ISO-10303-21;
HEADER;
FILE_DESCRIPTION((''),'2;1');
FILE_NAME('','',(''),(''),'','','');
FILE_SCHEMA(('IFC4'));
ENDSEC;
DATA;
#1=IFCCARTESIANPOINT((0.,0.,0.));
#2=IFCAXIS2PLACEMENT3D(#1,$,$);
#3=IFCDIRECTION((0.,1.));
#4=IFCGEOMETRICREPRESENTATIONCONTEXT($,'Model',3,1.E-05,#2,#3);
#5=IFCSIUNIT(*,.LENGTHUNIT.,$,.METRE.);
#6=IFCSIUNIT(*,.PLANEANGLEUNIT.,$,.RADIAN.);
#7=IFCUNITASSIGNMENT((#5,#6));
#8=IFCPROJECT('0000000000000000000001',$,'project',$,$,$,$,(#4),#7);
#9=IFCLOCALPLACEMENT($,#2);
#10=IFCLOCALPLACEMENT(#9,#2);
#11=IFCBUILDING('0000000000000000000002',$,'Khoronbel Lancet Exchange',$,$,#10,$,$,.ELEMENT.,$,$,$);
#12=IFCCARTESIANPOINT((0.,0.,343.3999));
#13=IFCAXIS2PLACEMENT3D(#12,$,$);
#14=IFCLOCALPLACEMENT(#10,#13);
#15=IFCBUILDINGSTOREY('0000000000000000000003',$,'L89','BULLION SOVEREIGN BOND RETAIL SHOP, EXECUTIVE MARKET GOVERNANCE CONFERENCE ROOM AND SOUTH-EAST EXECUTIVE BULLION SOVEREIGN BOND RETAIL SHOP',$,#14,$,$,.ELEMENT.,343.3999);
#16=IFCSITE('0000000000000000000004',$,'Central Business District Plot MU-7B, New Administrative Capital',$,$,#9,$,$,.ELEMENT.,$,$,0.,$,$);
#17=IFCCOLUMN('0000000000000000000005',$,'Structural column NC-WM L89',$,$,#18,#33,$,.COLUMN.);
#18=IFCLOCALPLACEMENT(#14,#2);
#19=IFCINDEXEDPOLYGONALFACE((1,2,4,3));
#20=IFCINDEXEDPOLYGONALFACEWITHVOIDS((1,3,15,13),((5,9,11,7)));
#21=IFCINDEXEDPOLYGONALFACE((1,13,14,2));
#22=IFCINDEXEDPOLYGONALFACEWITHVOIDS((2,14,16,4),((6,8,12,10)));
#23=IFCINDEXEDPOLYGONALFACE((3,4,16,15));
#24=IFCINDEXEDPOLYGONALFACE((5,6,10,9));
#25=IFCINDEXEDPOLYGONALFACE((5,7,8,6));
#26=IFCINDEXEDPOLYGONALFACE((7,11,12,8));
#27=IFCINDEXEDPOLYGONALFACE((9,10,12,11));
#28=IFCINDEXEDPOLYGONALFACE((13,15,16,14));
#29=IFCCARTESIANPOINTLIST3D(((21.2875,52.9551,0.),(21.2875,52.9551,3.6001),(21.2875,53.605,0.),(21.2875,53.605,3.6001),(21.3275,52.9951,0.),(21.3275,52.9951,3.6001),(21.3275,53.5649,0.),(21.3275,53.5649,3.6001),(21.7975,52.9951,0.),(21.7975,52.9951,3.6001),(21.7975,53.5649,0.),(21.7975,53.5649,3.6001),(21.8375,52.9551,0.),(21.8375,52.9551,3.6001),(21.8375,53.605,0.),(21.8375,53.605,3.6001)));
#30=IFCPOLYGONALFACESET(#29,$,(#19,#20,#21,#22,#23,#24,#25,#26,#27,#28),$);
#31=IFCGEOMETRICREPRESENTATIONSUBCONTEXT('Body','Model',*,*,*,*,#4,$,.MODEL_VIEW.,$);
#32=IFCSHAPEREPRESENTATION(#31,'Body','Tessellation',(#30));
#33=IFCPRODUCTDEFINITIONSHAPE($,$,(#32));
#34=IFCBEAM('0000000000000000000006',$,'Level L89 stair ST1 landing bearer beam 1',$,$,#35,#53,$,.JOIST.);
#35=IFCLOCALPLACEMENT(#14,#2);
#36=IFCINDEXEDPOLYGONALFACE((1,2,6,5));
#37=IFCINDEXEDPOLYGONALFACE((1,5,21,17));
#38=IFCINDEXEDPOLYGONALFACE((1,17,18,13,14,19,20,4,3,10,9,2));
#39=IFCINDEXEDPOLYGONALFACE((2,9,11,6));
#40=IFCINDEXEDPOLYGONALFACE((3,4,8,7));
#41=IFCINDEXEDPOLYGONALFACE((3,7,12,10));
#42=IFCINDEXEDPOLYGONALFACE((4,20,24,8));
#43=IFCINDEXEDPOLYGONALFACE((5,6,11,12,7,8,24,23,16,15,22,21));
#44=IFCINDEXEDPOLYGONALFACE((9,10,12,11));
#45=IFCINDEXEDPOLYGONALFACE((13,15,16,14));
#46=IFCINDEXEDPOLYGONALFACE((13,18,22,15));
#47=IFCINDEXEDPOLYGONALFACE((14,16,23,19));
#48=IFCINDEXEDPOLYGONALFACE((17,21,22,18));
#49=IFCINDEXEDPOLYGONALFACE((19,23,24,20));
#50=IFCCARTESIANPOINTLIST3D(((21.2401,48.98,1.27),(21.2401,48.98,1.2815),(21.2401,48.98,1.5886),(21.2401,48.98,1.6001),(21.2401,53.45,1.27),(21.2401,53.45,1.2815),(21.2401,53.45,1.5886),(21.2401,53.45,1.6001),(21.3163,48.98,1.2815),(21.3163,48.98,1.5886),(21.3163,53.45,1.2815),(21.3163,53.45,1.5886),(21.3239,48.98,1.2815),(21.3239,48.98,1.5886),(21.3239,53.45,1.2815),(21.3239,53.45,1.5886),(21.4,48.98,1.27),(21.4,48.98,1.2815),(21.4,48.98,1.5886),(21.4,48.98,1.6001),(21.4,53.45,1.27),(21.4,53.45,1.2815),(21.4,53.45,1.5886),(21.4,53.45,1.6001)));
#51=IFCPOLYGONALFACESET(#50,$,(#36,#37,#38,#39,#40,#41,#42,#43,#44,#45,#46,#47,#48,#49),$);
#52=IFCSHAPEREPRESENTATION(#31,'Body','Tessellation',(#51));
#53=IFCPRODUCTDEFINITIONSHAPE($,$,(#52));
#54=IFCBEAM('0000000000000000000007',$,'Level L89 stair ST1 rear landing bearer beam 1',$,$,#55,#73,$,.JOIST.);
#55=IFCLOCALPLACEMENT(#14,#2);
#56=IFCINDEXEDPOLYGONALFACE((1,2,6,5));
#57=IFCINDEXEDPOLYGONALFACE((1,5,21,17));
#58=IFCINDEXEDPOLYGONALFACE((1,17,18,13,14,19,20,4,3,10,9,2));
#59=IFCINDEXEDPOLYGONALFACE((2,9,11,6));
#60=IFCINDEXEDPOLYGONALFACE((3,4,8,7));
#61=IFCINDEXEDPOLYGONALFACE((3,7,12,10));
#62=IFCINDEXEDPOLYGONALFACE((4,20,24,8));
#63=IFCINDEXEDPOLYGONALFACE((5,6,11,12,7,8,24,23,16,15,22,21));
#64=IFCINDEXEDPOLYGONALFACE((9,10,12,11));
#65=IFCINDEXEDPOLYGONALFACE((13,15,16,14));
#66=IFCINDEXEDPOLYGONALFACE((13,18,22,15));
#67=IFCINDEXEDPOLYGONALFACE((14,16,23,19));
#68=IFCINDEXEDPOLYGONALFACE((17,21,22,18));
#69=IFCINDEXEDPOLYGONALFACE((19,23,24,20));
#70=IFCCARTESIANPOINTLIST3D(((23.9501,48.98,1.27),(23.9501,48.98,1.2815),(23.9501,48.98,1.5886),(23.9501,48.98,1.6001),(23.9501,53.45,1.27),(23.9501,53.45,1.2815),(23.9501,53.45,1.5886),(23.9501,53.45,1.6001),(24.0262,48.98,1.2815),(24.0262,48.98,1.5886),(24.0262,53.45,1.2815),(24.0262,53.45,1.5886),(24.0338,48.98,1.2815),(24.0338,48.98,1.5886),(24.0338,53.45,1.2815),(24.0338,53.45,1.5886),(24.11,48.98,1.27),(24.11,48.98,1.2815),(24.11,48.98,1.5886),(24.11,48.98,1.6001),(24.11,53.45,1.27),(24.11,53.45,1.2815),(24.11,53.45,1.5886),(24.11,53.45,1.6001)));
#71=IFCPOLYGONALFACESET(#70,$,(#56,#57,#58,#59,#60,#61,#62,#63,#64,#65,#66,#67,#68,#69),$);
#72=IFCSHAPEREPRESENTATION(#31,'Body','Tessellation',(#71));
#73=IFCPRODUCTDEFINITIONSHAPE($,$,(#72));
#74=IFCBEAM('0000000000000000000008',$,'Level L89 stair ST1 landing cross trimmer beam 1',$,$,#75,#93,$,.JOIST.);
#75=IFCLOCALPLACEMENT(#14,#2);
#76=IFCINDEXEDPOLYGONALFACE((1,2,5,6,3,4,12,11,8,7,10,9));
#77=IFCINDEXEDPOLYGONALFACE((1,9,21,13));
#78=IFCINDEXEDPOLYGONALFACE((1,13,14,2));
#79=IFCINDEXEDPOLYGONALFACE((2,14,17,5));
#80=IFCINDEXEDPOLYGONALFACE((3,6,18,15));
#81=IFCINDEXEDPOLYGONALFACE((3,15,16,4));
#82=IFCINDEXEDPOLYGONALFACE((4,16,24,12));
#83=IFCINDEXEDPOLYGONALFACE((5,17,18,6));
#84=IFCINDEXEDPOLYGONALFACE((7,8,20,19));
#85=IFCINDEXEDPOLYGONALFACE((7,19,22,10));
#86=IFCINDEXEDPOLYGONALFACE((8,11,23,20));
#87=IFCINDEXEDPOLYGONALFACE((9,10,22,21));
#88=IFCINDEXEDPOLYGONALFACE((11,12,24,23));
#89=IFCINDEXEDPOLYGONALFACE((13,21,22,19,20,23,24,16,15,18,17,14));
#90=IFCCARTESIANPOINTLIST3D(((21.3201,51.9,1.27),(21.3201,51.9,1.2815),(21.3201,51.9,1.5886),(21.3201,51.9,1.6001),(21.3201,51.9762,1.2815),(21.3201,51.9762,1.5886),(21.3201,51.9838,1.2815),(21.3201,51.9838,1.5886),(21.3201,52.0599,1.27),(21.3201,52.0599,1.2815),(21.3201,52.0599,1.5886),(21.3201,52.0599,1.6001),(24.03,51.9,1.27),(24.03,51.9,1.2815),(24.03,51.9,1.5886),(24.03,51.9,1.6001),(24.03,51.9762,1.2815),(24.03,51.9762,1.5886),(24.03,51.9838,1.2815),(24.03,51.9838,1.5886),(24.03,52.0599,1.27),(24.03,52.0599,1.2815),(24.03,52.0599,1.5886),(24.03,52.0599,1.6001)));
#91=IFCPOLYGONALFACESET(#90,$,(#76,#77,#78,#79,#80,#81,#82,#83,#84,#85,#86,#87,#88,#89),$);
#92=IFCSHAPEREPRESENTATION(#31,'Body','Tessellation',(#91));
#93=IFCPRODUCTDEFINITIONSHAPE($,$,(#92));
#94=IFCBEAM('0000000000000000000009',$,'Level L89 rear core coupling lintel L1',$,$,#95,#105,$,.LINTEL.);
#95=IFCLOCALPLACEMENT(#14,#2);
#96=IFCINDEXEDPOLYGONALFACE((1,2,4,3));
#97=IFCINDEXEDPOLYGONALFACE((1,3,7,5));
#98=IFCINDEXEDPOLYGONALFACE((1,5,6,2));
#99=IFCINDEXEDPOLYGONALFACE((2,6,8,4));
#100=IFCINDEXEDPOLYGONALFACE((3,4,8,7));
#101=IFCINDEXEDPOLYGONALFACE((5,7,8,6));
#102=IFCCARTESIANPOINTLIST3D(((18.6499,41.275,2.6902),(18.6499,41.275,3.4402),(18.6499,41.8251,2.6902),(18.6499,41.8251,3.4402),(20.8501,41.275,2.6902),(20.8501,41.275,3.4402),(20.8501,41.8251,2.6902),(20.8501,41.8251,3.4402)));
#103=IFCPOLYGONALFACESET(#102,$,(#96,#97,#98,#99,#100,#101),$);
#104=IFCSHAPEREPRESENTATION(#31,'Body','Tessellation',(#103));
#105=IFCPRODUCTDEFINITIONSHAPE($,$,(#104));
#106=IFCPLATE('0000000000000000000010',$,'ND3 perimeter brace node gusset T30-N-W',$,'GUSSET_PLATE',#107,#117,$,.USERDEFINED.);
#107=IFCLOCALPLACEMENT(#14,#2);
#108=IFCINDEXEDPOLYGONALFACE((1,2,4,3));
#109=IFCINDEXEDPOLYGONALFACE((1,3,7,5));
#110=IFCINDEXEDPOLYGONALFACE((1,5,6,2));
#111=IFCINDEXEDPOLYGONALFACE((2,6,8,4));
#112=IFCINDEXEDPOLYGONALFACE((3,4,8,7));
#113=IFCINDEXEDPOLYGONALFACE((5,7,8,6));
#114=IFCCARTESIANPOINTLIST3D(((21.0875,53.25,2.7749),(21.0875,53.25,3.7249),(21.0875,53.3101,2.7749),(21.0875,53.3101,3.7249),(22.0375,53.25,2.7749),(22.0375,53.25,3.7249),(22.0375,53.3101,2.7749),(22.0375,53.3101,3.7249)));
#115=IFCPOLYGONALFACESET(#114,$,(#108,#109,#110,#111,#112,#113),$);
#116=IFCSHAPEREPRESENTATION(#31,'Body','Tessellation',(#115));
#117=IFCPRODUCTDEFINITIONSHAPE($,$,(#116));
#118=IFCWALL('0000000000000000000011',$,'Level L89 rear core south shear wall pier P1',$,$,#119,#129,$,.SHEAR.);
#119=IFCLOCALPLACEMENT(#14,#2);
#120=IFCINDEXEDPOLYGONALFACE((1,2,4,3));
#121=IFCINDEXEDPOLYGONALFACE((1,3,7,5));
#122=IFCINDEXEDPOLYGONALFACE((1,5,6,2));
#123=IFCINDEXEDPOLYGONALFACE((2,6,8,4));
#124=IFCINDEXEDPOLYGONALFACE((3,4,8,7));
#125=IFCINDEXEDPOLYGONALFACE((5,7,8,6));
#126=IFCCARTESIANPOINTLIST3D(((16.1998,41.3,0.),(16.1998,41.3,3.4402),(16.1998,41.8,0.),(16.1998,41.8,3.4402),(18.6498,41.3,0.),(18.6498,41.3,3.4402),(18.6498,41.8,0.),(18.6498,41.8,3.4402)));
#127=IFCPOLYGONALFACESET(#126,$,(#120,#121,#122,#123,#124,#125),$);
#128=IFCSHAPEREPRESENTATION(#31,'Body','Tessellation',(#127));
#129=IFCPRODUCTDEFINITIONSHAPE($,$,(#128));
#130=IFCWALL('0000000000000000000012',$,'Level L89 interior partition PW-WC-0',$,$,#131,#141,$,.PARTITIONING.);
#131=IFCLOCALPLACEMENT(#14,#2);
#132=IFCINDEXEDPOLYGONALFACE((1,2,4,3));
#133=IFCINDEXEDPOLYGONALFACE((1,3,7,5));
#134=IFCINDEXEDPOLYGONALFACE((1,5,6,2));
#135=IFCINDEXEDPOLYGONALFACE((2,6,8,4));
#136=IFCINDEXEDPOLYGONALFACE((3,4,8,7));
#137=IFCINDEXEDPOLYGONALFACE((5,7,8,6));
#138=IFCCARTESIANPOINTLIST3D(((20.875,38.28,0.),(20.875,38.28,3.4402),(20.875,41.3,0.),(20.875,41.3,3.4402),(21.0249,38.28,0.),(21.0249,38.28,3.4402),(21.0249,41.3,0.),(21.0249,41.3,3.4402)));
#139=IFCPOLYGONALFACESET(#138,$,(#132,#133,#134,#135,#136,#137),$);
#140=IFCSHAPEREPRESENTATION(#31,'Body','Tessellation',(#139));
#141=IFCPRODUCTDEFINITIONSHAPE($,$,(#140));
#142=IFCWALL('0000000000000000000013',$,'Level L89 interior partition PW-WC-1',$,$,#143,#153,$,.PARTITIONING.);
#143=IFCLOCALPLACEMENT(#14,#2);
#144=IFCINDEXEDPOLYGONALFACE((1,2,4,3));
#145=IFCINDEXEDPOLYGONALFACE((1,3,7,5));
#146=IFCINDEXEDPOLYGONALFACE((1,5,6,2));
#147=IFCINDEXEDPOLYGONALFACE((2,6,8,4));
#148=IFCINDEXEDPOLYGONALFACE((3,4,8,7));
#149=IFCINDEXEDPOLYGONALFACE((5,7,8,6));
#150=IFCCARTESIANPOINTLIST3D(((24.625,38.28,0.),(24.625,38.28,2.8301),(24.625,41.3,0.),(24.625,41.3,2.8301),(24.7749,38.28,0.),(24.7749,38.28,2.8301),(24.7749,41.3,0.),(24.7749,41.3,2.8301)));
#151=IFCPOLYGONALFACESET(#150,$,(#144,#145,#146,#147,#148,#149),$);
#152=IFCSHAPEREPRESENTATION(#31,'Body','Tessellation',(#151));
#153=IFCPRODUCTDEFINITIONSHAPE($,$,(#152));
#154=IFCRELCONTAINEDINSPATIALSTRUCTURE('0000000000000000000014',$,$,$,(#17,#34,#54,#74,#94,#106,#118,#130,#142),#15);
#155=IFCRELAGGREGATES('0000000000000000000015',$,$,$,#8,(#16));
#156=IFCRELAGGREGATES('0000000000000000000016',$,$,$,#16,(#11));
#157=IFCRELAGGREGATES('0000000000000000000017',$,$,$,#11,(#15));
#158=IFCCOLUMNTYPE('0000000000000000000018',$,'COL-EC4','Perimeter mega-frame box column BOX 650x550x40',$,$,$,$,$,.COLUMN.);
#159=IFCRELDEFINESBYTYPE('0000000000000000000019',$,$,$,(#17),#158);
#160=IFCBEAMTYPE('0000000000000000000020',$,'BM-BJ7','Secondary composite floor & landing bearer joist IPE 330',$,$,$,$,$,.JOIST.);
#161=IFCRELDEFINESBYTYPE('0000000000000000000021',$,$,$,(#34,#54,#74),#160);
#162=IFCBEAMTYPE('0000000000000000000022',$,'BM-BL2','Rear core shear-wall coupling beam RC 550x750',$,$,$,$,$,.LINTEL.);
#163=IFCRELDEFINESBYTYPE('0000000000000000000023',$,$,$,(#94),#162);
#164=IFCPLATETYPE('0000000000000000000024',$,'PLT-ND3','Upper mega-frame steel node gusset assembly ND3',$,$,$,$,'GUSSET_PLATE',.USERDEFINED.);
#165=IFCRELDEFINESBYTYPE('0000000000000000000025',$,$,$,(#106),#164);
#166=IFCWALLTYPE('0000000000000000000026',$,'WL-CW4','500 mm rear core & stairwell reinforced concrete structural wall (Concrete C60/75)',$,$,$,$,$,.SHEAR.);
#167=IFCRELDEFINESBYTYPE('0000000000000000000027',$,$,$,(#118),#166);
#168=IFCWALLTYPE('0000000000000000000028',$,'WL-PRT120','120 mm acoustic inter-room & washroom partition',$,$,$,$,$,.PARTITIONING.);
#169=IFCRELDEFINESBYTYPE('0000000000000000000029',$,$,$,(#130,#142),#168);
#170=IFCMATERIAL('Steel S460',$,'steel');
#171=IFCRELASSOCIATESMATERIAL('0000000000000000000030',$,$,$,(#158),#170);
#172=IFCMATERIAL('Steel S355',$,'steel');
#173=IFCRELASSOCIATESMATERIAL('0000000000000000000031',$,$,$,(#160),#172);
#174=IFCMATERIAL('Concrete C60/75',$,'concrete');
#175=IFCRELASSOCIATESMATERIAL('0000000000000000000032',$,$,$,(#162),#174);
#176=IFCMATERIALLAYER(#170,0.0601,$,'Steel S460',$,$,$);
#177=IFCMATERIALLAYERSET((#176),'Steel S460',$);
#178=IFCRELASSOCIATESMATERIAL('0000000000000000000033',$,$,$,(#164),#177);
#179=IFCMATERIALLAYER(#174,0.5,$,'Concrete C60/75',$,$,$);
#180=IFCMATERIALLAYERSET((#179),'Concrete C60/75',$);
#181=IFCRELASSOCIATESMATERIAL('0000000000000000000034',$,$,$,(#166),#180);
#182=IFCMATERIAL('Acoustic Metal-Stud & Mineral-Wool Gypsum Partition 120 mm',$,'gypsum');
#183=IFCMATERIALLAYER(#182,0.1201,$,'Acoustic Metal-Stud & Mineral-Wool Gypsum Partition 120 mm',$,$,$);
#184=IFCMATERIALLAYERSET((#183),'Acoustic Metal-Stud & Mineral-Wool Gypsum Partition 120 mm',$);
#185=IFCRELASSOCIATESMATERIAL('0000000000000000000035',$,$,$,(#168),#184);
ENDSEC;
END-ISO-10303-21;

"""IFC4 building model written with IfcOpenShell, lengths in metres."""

from ifc_helpers import new_model, si_unit, direction, frame, frame_2d, origin, origin_2d, place, context, subcontext, project, spatial, rectangle, hollow_rectangle, i_section, extrude, material, layer, layer_set, material_profile, profile_set, type_object, element, save


model = new_model("IFC4")

# Units and contexts
model_context = context("Model", 3, precision=1e-05, world=origin(), true_north=direction((0.0, 1.0)))
body_context = subcontext(model_context, "Body", "Model", "MODEL_VIEW")
ifc_project = project(units=[si_unit("LENGTHUNIT", "METRE"), si_unit("PLANEANGLEUNIT", "RADIAN")], contexts=[model_context])

# Site, building, storey
site_placement = place(None, origin())
site = spatial("IfcSite", under=ifc_project, at=site_placement, Name="Central Business District Plot MU-7B, New Administrative Capital", CompositionType="ELEMENT", RefElevation=0.0)
building_placement = place(site_placement, origin())
building = spatial("IfcBuilding", under=site, at=building_placement, Name="Khoronbel Lancet Exchange", CompositionType="ELEMENT")
storey_placement = place(building_placement, frame((0.0, 0.0, 343.3999)))
storey = spatial("IfcBuildingStorey", under=building, at=storey_placement, Name="L89", Description="BULLION SOVEREIGN BOND RETAIL SHOP, EXECUTIVE MARKET GOVERNANCE CONFERENCE ROOM AND SOUTH-EAST EXECUTIVE BULLION SOVEREIGN BOND RETAIL SHOP", CompositionType="ELEMENT", Elevation=343.3999)

# Column
ifc_material_1 = material(Name="Steel S460", Category="steel")
ifc_material_profile_1 = material_profile(ifc_material_1, hollow_rectangle(XDim=0.55, YDim=0.6499, WallThickness=0.04, at=origin_2d()), Name="BOX 650x550x40")
ifc_profile_set_1 = profile_set([ifc_material_profile_1], Name="Steel S460")
column_type = type_object("IfcColumnType", Name="COL-EC4", Description="Perimeter mega-frame box column BOX 650x550x40", PredefinedType="COLUMN", material=ifc_profile_set_1)
column_placement = place(storey_placement, frame((21.5625, 53.28, 0.0), z_axis=(0.0, 0.0, 1.0), x_axis=(1.0, 0.0, 0.0)))
element("IfcColumn", 1, at=column_placement, inside=storey, type_object=column_type, Name="Structural column NC-WM L89", PredefinedType="COLUMN", context=body_context, shape_type="SweptSolid", body=[
    extrude(hollow_rectangle(XDim=0.55, YDim=0.6499, WallThickness=0.04, at=origin_2d()), origin(), (0.0, 0.0, 1.0), 3.6001),
])

# Beams
ifc_material_2 = material(Name="Steel S355", Category="steel")
ifc_material_profile_2 = material_profile(ifc_material_2, i_section(OverallWidth=0.1599, OverallDepth=0.3301, WebThickness=0.0076, FlangeThickness=0.0115, at=origin_2d()), Name="IPE 330")
ifc_profile_set_2 = profile_set([ifc_material_profile_2], Name="Steel S355")
beam_type_1 = type_object("IfcBeamType", Name="BM-BJ7", Description="Secondary composite floor & landing bearer joist IPE 330", PredefinedType="JOIST", material=ifc_profile_set_2)
for number, where, z_axis, x_axis, name in (
    (2, (21.3201, 48.98, 1.4351), (0.0, 1.0, 0.0), (-1.0, 0.0, 0.0), "Level L89 stair ST1 landing bearer beam 1"),
    (3, (24.03, 48.98, 1.4351), (0.0, 1.0, 0.0), (-1.0, 0.0, 0.0), "Level L89 stair ST1 rear landing bearer beam 1"),
):
    element("IfcBeam", number, at=place(storey_placement, frame(where, z_axis=z_axis, x_axis=x_axis)), inside=storey, type_object=beam_type_1, Name=name, PredefinedType="JOIST", context=body_context, shape_type="SweptSolid", body=[
        extrude(i_section(OverallWidth=0.1599, OverallDepth=0.3301, WebThickness=0.0076, FlangeThickness=0.0115, at=origin_2d()), origin(), (0.0, 0.0, 1.0), 4.47),
    ])
beam_1_placement = place(storey_placement, frame((21.3201, 51.98, 1.4351), z_axis=(1.0, 0.0, 0.0), x_axis=(0.0, 1.0, 0.0)))
element("IfcBeam", 4, at=beam_1_placement, inside=storey, type_object=beam_type_1, Name="Level L89 stair ST1 landing cross trimmer beam 1", PredefinedType="JOIST", context=body_context, shape_type="SweptSolid", body=[
    extrude(i_section(OverallWidth=0.1599, OverallDepth=0.3301, WebThickness=0.0076, FlangeThickness=0.0115, at=origin_2d()), origin(), (0.0, 0.0, 1.0), 2.71),
])
ifc_material_3 = material(Name="Concrete C60/75", Category="concrete")
ifc_material_profile_3 = material_profile(ifc_material_3, rectangle(XDim=0.55, YDim=0.75, at=origin_2d()), Name="RC 550x750")
ifc_profile_set_3 = profile_set([ifc_material_profile_3], Name="Concrete C60/75")
beam_type_2 = type_object("IfcBeamType", Name="BM-BL2", Description="Rear core shear-wall coupling beam RC 550x750", PredefinedType="LINTEL", material=ifc_profile_set_3)
beam_2_placement = place(storey_placement, frame((18.6499, 41.55, 3.0652), z_axis=(1.0, 0.0, 0.0), x_axis=(0.0, 1.0, 0.0)))
element("IfcBeam", 5, at=beam_2_placement, inside=storey, type_object=beam_type_2, Name="Level L89 rear core coupling lintel L1", PredefinedType="LINTEL", context=body_context, shape_type="SweptSolid", body=[
    extrude(rectangle(XDim=0.55, YDim=0.75, at=origin_2d()), origin(), (0.0, 0.0, 1.0), 2.2002),
])

# Plate
ifc_layer_1 = layer(ifc_material_1, 0.0601, Name="Steel S460")
ifc_layer_set_1 = layer_set([ifc_layer_1], Name="Steel S460")
plate_type = type_object("IfcPlateType", Name="PLT-ND3", Description="Upper mega-frame steel node gusset assembly ND3", ElementType="GUSSET_PLATE", PredefinedType="USERDEFINED", material=ifc_layer_set_1)
plate_placement = place(storey_placement, frame((21.5625, 53.28, 2.7749), z_axis=(0.0, 0.0, 1.0), x_axis=(1.0, 0.0, 0.0)))
element("IfcPlate", 6, at=plate_placement, inside=storey, type_object=plate_type, Name="ND3 perimeter brace node gusset T30-N-W", ObjectType="GUSSET_PLATE", PredefinedType="USERDEFINED", context=body_context, shape_type="SweptSolid", body=[
    extrude(rectangle(XDim=0.95, YDim=0.0601, at=origin_2d()), origin(), (0.0, 0.0, 1.0), 0.95),
])

# Walls
ifc_layer_2 = layer(ifc_material_3, 0.5, Name="Concrete C60/75")
ifc_layer_set_2 = layer_set([ifc_layer_2], Name="Concrete C60/75")
wall_type_1 = type_object("IfcWallType", Name="WL-CW4", Description="500 mm rear core & stairwell reinforced concrete structural wall (Concrete C60/75)", PredefinedType="SHEAR", material=ifc_layer_set_2)
wall_1_placement = place(storey_placement, frame((18.6499, 41.55, 0.0), z_axis=(0.0, 0.0, 1.0), x_axis=(-1.0, 0.0, 0.0)))
element("IfcWall", 7, at=wall_1_placement, inside=storey, type_object=wall_type_1, Name="Level L89 rear core south shear wall pier P1", PredefinedType="SHEAR", context=body_context, shape_type="SweptSolid", body=[
    extrude(rectangle(XDim=2.45, YDim=0.5, at=frame_2d((1.2251, 0.0))), origin(), (0.0, 0.0, 1.0), 3.4402),
])
ifc_material_4 = material(Name="Acoustic Metal-Stud & Mineral-Wool Gypsum Partition 120 mm", Category="gypsum")
ifc_layer_3 = layer(ifc_material_4, 0.1201, Name="Acoustic Metal-Stud & Mineral-Wool Gypsum Partition 120 mm")
ifc_layer_set_3 = layer_set([ifc_layer_3], Name="Acoustic Metal-Stud & Mineral-Wool Gypsum Partition 120 mm")
wall_type_2 = type_object("IfcWallType", Name="WL-PRT120", Description="120 mm acoustic inter-room & washroom partition", PredefinedType="PARTITIONING", material=ifc_layer_set_3)
wall_2_placement = place(storey_placement, frame((20.95, 38.28, 0.0), z_axis=(0.0, 0.0, 1.0), x_axis=(0.0, 1.0, 0.0)))
element("IfcWall", 8, at=wall_2_placement, inside=storey, type_object=wall_type_2, Name="Level L89 interior partition PW-WC-0", PredefinedType="PARTITIONING", context=body_context, shape_type="SweptSolid", body=[
    extrude(rectangle(XDim=3.02, YDim=0.1499, at=frame_2d((1.51, 0.0))), origin(), (0.0, 0.0, 1.0), 3.4402),
])
wall_3_placement = place(storey_placement, frame((24.7, 38.28, 0.0), z_axis=(0.0, 0.0, 1.0), x_axis=(0.0, 1.0, 0.0)))
element("IfcWall", 9, at=wall_3_placement, inside=storey, type_object=wall_type_2, Name="Level L89 interior partition PW-WC-1", PredefinedType="PARTITIONING", context=body_context, shape_type="SweptSolid", body=[
    extrude(rectangle(XDim=3.02, YDim=0.1499, at=frame_2d((1.51, 0.0))), origin(), (0.0, 0.0, 1.0), 2.8301),
])

save(model, "model.ifc")
